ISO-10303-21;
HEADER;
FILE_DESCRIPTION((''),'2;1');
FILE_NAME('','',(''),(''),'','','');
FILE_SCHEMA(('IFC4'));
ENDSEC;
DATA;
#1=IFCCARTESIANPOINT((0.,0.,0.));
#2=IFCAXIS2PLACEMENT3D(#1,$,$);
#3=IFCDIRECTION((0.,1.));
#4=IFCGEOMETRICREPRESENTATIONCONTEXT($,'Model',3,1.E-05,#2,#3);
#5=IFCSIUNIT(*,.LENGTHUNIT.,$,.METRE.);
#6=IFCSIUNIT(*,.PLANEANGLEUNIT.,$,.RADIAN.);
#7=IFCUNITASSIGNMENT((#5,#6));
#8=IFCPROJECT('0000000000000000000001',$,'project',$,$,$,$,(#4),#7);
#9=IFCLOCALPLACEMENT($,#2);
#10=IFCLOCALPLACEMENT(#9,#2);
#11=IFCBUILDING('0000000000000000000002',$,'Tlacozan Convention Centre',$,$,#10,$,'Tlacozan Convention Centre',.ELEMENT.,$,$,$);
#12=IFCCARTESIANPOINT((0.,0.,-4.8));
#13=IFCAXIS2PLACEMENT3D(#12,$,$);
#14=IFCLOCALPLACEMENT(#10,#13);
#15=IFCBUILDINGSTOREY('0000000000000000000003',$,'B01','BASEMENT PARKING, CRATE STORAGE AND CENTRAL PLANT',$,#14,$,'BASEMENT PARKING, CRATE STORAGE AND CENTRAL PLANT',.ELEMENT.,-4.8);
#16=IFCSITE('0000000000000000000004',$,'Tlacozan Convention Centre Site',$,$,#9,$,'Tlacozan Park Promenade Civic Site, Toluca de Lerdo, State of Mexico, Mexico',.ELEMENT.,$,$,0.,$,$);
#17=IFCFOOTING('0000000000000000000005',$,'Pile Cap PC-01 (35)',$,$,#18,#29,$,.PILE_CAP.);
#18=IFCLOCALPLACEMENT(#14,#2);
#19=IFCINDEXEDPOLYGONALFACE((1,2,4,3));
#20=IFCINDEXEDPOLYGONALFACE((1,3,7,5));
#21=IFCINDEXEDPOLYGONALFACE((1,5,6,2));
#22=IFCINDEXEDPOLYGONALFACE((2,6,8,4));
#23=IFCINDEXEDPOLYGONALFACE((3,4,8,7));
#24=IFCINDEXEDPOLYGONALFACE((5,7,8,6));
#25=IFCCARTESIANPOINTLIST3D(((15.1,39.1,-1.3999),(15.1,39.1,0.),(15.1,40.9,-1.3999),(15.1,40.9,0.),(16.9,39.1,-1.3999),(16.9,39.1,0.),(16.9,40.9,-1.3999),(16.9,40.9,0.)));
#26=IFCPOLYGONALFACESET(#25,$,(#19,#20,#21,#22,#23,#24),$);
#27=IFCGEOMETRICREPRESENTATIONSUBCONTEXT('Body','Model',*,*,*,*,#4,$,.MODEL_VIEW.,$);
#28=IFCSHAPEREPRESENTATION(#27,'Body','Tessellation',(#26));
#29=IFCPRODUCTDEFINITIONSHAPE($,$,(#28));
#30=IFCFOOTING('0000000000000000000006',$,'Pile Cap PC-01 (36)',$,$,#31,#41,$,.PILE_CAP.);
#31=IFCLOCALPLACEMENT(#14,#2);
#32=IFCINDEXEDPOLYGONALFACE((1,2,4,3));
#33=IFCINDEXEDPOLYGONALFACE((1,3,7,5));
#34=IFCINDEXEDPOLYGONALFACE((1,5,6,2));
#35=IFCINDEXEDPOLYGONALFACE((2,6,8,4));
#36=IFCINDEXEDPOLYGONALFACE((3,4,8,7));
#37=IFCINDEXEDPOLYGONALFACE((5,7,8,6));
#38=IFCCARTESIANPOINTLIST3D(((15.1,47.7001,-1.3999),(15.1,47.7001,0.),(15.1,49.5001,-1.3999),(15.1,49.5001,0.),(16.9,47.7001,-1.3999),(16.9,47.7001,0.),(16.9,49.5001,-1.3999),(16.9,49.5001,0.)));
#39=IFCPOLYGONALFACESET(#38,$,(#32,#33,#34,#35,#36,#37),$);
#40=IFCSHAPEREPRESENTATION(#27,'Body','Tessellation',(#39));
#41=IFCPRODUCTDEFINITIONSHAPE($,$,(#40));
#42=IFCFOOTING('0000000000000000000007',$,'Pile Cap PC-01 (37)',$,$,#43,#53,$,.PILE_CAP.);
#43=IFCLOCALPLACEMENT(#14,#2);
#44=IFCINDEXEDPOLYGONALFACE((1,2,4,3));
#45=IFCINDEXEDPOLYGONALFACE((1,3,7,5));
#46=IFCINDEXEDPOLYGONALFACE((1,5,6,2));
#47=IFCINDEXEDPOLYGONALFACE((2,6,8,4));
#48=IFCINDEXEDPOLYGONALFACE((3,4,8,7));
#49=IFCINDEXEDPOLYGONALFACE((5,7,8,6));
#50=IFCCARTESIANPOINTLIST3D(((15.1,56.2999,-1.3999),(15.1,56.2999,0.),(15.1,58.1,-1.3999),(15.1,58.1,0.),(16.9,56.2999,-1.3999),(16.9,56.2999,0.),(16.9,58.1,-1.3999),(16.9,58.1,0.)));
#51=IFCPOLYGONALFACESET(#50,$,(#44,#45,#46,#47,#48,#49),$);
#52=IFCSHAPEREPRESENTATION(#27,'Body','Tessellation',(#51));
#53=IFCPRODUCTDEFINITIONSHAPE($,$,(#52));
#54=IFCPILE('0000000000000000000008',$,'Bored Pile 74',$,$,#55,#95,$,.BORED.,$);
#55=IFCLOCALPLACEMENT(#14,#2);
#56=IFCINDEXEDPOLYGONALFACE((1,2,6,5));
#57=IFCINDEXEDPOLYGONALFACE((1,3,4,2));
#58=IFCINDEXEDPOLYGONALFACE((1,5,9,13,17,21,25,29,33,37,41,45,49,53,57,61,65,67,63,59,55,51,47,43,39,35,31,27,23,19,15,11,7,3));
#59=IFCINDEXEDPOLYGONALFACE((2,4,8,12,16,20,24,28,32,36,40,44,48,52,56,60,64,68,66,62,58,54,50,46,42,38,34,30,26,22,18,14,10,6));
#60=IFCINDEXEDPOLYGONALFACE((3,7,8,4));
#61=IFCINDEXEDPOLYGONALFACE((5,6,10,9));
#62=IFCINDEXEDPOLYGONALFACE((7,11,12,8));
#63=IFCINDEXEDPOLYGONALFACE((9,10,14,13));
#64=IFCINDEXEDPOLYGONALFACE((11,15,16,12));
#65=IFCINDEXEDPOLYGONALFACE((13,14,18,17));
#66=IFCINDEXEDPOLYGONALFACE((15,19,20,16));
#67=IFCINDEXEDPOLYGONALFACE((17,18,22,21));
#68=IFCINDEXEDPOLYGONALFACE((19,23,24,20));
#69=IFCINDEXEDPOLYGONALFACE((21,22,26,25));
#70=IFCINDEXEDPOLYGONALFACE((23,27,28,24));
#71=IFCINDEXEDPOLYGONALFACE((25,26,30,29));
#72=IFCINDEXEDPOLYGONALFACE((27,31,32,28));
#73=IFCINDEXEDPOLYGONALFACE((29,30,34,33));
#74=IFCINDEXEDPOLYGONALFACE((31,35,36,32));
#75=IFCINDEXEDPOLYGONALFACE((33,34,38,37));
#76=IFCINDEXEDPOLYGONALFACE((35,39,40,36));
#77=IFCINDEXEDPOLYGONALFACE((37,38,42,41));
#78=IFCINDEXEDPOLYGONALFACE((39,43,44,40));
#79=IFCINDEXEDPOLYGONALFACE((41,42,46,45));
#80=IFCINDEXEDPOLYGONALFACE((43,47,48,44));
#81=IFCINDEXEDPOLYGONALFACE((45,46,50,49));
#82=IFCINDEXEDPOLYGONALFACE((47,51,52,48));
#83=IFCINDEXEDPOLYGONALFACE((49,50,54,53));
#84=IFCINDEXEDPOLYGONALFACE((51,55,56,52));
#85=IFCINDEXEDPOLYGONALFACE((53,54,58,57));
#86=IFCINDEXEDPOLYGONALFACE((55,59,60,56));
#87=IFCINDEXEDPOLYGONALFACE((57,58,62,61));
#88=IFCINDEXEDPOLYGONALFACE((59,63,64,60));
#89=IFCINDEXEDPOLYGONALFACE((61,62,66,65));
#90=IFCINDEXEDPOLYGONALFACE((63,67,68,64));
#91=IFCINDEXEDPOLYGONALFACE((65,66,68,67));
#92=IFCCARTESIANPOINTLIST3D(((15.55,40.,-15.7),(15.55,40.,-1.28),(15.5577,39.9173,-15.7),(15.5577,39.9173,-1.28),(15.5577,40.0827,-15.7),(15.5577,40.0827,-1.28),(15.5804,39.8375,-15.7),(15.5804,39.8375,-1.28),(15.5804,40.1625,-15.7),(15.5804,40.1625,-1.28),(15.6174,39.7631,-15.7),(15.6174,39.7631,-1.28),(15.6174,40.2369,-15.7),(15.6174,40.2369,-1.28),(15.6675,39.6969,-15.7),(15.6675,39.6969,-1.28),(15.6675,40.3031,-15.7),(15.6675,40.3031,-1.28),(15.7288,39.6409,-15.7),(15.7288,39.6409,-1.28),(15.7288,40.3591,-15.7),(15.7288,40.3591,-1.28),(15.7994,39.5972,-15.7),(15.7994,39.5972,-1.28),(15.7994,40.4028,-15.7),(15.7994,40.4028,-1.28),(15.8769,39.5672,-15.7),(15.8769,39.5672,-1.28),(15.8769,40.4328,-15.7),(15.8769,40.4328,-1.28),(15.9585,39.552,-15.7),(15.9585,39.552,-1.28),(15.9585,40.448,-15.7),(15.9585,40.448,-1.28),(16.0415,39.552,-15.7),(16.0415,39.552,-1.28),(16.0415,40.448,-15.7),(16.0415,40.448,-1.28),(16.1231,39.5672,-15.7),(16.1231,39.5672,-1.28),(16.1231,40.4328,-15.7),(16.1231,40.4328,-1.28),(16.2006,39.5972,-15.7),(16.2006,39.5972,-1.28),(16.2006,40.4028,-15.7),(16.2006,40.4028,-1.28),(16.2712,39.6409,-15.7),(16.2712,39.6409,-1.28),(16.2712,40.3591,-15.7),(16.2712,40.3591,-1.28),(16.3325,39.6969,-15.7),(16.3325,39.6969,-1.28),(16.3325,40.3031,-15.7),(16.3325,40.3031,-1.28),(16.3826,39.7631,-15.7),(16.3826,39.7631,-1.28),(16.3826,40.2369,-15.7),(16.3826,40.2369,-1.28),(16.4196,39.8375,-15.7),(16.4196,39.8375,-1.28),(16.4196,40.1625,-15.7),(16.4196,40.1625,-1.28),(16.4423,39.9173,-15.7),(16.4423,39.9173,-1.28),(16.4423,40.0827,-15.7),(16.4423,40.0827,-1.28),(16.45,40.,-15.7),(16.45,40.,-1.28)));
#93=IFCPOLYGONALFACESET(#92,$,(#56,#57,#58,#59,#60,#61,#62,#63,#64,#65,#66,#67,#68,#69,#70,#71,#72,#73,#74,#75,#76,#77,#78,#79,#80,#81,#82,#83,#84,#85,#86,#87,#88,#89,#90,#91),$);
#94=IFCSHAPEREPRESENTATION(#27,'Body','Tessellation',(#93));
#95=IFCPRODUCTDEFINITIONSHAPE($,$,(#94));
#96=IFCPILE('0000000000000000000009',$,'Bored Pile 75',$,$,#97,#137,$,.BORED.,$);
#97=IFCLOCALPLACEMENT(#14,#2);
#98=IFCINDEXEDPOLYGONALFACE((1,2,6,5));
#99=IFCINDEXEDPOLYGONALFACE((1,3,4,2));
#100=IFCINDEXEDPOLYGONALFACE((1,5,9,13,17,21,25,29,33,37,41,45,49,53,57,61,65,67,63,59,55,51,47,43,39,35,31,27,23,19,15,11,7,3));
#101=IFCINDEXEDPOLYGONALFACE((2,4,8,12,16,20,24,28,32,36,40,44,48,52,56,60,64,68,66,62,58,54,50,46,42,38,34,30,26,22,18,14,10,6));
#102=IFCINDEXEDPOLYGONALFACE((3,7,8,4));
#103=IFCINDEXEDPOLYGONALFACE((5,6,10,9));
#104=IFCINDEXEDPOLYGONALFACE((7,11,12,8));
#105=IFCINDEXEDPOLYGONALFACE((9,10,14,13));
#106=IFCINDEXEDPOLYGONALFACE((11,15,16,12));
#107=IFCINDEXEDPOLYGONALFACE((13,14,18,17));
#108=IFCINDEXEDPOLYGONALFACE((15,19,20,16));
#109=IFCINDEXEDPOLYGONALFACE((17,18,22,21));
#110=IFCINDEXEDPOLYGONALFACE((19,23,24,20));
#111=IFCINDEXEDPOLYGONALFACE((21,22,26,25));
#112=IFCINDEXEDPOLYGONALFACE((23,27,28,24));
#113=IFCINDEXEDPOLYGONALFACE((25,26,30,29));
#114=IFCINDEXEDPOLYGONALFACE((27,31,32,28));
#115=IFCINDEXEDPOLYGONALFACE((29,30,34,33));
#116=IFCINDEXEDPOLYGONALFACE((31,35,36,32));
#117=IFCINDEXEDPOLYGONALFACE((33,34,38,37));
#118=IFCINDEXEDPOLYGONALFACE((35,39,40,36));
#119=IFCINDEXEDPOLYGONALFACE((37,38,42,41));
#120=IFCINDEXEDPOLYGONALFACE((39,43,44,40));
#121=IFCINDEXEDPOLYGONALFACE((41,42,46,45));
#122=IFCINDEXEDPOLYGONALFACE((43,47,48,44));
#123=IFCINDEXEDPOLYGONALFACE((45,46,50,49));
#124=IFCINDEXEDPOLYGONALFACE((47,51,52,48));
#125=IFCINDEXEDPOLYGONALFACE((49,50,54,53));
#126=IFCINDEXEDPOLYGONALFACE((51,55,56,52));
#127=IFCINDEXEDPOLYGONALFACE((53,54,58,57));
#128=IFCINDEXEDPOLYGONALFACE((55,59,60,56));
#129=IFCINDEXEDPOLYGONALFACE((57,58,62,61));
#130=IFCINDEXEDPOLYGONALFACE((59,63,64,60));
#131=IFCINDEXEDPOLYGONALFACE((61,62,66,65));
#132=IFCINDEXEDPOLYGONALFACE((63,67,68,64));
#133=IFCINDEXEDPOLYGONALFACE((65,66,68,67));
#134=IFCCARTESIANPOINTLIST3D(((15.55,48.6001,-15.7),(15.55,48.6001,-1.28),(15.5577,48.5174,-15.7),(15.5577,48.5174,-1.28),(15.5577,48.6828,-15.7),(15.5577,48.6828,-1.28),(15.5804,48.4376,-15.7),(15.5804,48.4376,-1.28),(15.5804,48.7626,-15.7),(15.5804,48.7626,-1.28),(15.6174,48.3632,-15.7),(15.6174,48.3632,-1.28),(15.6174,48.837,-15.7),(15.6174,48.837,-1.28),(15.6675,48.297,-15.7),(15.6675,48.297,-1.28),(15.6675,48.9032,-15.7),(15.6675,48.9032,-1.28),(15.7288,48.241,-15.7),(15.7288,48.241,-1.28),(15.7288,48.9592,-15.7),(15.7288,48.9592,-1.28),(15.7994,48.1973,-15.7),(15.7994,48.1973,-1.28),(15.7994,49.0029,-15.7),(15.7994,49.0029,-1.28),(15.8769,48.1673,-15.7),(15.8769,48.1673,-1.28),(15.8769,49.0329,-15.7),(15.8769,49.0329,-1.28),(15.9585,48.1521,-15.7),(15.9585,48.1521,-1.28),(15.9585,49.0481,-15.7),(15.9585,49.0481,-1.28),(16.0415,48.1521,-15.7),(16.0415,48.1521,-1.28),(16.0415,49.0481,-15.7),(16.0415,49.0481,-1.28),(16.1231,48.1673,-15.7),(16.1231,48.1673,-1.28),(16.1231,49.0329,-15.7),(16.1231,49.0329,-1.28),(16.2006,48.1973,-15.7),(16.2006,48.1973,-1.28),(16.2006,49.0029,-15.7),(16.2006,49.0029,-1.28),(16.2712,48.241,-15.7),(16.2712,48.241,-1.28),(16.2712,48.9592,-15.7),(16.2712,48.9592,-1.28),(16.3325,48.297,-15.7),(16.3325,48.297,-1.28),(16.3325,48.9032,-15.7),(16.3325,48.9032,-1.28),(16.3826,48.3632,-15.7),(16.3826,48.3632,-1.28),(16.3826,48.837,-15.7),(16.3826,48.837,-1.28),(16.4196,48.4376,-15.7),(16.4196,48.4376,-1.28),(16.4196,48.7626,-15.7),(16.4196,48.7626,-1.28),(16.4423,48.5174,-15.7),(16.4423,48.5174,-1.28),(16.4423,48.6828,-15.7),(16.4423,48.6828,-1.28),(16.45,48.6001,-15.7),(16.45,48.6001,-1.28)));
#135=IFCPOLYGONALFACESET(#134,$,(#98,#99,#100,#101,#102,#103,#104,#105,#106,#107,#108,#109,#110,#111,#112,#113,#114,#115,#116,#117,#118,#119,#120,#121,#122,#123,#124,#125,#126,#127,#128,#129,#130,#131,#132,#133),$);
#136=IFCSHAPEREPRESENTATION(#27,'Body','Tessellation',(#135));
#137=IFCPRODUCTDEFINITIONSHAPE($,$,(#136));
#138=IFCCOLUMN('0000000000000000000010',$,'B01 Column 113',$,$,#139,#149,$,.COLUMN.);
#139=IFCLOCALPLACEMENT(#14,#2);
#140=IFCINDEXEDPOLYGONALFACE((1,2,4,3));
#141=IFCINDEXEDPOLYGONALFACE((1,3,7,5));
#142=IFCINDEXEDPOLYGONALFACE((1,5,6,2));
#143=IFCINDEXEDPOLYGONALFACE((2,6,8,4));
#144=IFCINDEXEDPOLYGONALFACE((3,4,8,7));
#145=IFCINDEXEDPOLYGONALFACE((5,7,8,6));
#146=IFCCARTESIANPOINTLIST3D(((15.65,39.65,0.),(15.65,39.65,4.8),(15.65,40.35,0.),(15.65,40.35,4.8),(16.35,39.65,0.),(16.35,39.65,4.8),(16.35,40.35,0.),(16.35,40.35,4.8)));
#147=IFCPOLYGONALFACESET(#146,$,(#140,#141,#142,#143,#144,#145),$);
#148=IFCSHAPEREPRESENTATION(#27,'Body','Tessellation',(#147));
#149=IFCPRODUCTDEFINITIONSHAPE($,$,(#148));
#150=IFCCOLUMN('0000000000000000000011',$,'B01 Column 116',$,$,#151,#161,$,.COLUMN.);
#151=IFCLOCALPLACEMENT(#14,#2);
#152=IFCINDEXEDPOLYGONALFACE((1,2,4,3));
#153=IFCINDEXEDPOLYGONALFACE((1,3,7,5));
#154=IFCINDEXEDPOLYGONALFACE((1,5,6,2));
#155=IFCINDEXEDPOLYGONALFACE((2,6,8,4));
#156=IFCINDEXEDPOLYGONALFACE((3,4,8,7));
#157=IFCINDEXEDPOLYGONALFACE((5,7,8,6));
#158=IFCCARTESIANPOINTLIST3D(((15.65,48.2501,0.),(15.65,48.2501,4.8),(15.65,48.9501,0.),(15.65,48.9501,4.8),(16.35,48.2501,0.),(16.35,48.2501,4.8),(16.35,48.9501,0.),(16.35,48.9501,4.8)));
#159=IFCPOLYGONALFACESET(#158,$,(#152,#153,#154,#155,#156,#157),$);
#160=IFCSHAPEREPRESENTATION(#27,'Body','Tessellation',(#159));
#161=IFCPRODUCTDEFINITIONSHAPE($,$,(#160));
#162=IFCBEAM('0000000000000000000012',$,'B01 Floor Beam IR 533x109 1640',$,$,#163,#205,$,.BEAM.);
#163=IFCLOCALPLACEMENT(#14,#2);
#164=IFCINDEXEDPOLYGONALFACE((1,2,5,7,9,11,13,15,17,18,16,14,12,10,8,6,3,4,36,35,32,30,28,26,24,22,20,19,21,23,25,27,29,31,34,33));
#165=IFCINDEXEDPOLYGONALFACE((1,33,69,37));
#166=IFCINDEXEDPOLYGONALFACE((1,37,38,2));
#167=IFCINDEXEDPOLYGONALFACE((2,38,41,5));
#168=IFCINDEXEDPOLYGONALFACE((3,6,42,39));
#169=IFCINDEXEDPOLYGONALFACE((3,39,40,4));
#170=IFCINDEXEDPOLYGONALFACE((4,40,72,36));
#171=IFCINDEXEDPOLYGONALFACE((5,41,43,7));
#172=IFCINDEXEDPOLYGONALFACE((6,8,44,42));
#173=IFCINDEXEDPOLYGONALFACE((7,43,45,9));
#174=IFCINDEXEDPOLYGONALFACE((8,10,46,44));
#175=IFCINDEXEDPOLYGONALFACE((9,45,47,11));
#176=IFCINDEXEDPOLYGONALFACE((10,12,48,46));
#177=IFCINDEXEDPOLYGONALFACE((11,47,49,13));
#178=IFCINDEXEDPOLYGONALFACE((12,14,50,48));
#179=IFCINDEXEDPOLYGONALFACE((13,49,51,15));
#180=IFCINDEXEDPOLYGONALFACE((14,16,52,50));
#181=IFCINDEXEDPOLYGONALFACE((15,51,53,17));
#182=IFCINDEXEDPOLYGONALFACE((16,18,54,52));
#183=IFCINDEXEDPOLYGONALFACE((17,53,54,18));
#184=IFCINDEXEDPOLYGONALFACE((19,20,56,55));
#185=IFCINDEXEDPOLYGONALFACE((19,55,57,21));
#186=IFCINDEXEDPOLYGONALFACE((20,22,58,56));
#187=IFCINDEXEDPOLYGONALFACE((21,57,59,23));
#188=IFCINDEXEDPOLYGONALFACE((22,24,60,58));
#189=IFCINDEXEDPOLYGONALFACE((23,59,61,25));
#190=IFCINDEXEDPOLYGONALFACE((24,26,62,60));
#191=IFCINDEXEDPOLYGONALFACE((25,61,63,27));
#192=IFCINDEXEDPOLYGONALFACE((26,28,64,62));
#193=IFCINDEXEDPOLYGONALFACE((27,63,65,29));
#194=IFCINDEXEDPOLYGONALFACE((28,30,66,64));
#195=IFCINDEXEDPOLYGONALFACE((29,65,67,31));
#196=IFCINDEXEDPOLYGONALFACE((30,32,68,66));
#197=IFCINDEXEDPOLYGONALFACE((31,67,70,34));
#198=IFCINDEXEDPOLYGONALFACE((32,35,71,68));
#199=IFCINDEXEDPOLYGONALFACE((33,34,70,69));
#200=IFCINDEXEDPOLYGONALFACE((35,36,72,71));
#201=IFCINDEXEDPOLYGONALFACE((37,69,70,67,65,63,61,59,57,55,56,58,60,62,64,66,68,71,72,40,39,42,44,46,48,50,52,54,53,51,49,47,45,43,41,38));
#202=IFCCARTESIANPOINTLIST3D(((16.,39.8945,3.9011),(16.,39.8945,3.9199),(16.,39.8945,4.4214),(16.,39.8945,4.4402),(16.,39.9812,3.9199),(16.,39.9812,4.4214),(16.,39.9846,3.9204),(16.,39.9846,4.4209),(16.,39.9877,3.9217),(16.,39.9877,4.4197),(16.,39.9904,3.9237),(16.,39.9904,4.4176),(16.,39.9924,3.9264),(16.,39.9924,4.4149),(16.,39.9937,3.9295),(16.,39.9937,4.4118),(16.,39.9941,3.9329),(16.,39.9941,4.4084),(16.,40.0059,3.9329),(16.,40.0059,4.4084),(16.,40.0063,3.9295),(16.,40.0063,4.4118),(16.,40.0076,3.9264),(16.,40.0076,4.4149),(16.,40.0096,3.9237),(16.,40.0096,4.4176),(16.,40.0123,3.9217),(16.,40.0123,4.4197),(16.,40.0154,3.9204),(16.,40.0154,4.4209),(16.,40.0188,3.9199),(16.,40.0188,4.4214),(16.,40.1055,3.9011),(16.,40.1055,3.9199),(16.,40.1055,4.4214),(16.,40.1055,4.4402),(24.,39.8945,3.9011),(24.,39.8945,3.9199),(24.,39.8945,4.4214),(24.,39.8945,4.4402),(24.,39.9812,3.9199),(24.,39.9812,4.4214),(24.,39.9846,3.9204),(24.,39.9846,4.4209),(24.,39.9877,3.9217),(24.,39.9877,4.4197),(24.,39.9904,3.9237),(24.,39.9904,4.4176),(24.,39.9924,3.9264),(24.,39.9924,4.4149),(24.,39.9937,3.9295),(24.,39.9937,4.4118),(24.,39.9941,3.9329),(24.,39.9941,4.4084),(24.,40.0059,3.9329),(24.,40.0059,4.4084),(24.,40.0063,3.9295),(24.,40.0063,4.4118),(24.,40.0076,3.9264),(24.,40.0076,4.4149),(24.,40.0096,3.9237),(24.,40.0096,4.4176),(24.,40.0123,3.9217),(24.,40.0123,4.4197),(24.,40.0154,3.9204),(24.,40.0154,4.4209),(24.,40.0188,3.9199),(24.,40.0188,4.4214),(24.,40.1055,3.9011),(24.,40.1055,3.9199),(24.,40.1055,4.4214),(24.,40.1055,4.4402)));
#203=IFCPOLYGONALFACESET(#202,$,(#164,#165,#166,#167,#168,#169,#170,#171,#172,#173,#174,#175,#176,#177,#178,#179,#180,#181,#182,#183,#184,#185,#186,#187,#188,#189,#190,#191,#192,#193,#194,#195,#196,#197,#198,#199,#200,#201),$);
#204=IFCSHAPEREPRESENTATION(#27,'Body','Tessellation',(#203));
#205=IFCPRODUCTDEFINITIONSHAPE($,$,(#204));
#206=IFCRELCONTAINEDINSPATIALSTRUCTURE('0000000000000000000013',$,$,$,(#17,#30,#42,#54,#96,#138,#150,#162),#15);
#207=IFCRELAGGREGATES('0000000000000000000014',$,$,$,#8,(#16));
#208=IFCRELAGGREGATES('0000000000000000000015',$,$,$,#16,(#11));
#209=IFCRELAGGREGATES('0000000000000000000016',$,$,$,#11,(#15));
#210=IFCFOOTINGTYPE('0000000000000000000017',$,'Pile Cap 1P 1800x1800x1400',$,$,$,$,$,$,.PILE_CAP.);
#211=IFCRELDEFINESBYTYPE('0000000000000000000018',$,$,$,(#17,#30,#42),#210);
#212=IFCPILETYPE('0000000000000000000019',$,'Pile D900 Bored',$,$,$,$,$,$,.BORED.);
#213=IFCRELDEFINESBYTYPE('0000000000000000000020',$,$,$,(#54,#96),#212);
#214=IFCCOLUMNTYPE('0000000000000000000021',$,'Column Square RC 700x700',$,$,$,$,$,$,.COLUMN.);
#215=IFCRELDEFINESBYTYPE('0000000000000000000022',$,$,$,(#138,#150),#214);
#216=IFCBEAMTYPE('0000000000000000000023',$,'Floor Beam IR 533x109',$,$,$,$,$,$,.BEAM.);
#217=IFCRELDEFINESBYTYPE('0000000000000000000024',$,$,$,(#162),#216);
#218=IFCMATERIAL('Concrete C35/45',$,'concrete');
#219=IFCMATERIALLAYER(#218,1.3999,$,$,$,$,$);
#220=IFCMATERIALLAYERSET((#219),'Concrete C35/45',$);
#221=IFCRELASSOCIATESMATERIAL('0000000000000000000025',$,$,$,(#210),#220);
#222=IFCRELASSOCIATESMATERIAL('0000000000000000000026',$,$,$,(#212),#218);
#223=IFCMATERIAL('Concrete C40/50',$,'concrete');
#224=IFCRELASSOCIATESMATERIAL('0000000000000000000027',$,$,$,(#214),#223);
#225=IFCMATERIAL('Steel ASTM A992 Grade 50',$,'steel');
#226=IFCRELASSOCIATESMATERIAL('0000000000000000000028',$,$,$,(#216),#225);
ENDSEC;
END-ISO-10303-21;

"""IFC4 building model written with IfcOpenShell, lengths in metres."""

from ifc_helpers import new_model, si_unit, direction, frame, origin, origin_2d, place, context, subcontext, project, spatial, rectangle, circle, i_section, extrude, material, layer, layer_set, material_profile, profile_set, type_object, element, save


model = new_model("IFC4")

# Units and contexts
model_context = context("Model", 3, precision=1e-05, world=origin(), true_north=direction((0.0, 1.0)))
body_context = subcontext(model_context, "Body", "Model", "MODEL_VIEW")
ifc_project = project(units=[si_unit("LENGTHUNIT", "METRE"), si_unit("PLANEANGLEUNIT", "RADIAN")], contexts=[model_context])

# Site, building, storey
site_placement = place(None, origin())
site = spatial("IfcSite", under=ifc_project, at=site_placement, Name="Tlacozan Convention Centre Site", LongName="Tlacozan Park Promenade Civic Site, Toluca de Lerdo, State of Mexico, Mexico", CompositionType="ELEMENT", RefElevation=0.0)
building_placement = place(site_placement, origin())
building = spatial("IfcBuilding", under=site, at=building_placement, Name="Tlacozan Convention Centre", LongName="Tlacozan Convention Centre", CompositionType="ELEMENT")
storey_placement = place(building_placement, frame((0.0, 0.0, -4.8)))
storey = spatial("IfcBuildingStorey", under=building, at=storey_placement, Name="B01", Description="BASEMENT PARKING, CRATE STORAGE AND CENTRAL PLANT", LongName="BASEMENT PARKING, CRATE STORAGE AND CENTRAL PLANT", CompositionType="ELEMENT", Elevation=-4.8)

# Footings
ifc_material_1 = material(Name="Concrete C35/45", Category="concrete")
ifc_layer_1 = layer(ifc_material_1, 1.3999)
ifc_layer_set_1 = layer_set([ifc_layer_1], Name="Concrete C35/45")
footing_type = type_object("IfcFootingType", Name="Pile Cap 1P 1800x1800x1400", PredefinedType="PILE_CAP", material=ifc_layer_set_1)
for number, where, z_axis, x_axis, name in (
    (1, (16.0, 40.0, -1.3999), (0.0, 0.0, 1.0), (1.0, 0.0, 0.0), "Pile Cap PC-01 (35)"),
    (2, (16.0, 48.6001, -1.3999), (0.0, 0.0, 1.0), (1.0, 0.0, 0.0), "Pile Cap PC-01 (36)"),
    (3, (16.0, 57.2, -1.3999), (0.0, 0.0, 1.0), (1.0, 0.0, 0.0), "Pile Cap PC-01 (37)"),
):
    element("IfcFooting", number, at=place(storey_placement, frame(where, z_axis=z_axis, x_axis=x_axis)), inside=storey, type_object=footing_type, Name=name, PredefinedType="PILE_CAP", context=body_context, shape_type="SweptSolid", body=[
        extrude(rectangle(XDim=1.8, YDim=1.8, at=origin_2d()), origin(), (0.0, 0.0, 1.0), 1.3999),
    ])

# Piles
ifc_material_profile_1 = material_profile(ifc_material_1, circle(Radius=0.45, at=origin_2d()), Name="PILE D900")
ifc_profile_set_1 = profile_set([ifc_material_profile_1], Name="Concrete C35/45")
pile_type = type_object("IfcPileType", Name="Pile D900 Bored", PredefinedType="BORED", material=ifc_profile_set_1)
for number, where, z_axis, x_axis, name in (
    (4, (16.0, 40.0, -1.28), (0.0, 0.0, -1.0), (1.0, 0.0, 0.0), "Bored Pile 74"),
    (5, (16.0, 48.6001, -1.28), (0.0, 0.0, -1.0), (1.0, 0.0, 0.0), "Bored Pile 75"),
):
    element("IfcPile", number, at=place(storey_placement, frame(where, z_axis=z_axis, x_axis=x_axis)), inside=storey, type_object=pile_type, Name=name, PredefinedType="BORED", context=body_context, shape_type="SweptSolid", body=[
        extrude(circle(Radius=0.45, at=origin_2d()), origin(), (0.0, 0.0, 1.0), 14.4199),
    ])

# Columns
ifc_material_2 = material(Name="Concrete C40/50", Category="concrete")
ifc_material_profile_2 = material_profile(ifc_material_2, rectangle(XDim=0.7, YDim=0.7, at=origin_2d()), Name="RC 700x700")
ifc_profile_set_2 = profile_set([ifc_material_profile_2], Name="Concrete C40/50")
column_type = type_object("IfcColumnType", Name="Column Square RC 700x700", PredefinedType="COLUMN", material=ifc_profile_set_2)
for number, where, z_axis, x_axis, name in (
    (6, (16.0, 40.0, 0.0), (0.0, 0.0, 1.0), (1.0, 0.0, 0.0), "B01 Column 113"),
    (7, (16.0, 48.6001, 0.0), (0.0, 0.0, 1.0), (1.0, 0.0, 0.0), "B01 Column 116"),
):
    element("IfcColumn", number, at=place(storey_placement, frame(where, z_axis=z_axis, x_axis=x_axis)), inside=storey, type_object=column_type, Name=name, PredefinedType="COLUMN", context=body_context, shape_type="SweptSolid", body=[
        extrude(rectangle(XDim=0.7, YDim=0.7, at=origin_2d()), origin(), (0.0, 0.0, 1.0), 4.8),
    ])

# Beam
ifc_material_3 = material(Name="Steel ASTM A992 Grade 50", Category="steel")
ifc_material_profile_3 = material_profile(ifc_material_3, i_section(OverallWidth=0.2109, OverallDepth=0.5391, WebThickness=0.0117, FlangeThickness=0.0188, FilletRadius=0.0129, at=origin_2d()), Name="IR 533x109.0")
ifc_profile_set_3 = profile_set([ifc_material_profile_3], Name="Steel ASTM A992 Grade 50")
beam_type_1 = type_object("IfcBeamType", Name="Floor Beam IR 533x109", PredefinedType="BEAM", material=ifc_profile_set_3)
for number, where, z_axis, x_axis, name in (
    (8, (16.0, 40.0, 4.1707), (1.0, 0.0, 0.0), (0.0, 1.0, 0.0), "B01 Floor Beam IR 533x109 1640"),
):
    element("IfcBeam", number, at=place(storey_placement, frame(where, z_axis=z_axis, x_axis=x_axis)), inside=storey, type_object=beam_type_1, Name=name, PredefinedType="BEAM", context=body_context, shape_type="SweptSolid", body=[
        extrude(i_section(OverallWidth=0.2109, OverallDepth=0.5391, WebThickness=0.0117, FlangeThickness=0.0188, FilletRadius=0.0129, at=origin_2d()), origin(), (0.0, 0.0, 1.0), 8.0),
    ])

save(model, "model.ifc")
